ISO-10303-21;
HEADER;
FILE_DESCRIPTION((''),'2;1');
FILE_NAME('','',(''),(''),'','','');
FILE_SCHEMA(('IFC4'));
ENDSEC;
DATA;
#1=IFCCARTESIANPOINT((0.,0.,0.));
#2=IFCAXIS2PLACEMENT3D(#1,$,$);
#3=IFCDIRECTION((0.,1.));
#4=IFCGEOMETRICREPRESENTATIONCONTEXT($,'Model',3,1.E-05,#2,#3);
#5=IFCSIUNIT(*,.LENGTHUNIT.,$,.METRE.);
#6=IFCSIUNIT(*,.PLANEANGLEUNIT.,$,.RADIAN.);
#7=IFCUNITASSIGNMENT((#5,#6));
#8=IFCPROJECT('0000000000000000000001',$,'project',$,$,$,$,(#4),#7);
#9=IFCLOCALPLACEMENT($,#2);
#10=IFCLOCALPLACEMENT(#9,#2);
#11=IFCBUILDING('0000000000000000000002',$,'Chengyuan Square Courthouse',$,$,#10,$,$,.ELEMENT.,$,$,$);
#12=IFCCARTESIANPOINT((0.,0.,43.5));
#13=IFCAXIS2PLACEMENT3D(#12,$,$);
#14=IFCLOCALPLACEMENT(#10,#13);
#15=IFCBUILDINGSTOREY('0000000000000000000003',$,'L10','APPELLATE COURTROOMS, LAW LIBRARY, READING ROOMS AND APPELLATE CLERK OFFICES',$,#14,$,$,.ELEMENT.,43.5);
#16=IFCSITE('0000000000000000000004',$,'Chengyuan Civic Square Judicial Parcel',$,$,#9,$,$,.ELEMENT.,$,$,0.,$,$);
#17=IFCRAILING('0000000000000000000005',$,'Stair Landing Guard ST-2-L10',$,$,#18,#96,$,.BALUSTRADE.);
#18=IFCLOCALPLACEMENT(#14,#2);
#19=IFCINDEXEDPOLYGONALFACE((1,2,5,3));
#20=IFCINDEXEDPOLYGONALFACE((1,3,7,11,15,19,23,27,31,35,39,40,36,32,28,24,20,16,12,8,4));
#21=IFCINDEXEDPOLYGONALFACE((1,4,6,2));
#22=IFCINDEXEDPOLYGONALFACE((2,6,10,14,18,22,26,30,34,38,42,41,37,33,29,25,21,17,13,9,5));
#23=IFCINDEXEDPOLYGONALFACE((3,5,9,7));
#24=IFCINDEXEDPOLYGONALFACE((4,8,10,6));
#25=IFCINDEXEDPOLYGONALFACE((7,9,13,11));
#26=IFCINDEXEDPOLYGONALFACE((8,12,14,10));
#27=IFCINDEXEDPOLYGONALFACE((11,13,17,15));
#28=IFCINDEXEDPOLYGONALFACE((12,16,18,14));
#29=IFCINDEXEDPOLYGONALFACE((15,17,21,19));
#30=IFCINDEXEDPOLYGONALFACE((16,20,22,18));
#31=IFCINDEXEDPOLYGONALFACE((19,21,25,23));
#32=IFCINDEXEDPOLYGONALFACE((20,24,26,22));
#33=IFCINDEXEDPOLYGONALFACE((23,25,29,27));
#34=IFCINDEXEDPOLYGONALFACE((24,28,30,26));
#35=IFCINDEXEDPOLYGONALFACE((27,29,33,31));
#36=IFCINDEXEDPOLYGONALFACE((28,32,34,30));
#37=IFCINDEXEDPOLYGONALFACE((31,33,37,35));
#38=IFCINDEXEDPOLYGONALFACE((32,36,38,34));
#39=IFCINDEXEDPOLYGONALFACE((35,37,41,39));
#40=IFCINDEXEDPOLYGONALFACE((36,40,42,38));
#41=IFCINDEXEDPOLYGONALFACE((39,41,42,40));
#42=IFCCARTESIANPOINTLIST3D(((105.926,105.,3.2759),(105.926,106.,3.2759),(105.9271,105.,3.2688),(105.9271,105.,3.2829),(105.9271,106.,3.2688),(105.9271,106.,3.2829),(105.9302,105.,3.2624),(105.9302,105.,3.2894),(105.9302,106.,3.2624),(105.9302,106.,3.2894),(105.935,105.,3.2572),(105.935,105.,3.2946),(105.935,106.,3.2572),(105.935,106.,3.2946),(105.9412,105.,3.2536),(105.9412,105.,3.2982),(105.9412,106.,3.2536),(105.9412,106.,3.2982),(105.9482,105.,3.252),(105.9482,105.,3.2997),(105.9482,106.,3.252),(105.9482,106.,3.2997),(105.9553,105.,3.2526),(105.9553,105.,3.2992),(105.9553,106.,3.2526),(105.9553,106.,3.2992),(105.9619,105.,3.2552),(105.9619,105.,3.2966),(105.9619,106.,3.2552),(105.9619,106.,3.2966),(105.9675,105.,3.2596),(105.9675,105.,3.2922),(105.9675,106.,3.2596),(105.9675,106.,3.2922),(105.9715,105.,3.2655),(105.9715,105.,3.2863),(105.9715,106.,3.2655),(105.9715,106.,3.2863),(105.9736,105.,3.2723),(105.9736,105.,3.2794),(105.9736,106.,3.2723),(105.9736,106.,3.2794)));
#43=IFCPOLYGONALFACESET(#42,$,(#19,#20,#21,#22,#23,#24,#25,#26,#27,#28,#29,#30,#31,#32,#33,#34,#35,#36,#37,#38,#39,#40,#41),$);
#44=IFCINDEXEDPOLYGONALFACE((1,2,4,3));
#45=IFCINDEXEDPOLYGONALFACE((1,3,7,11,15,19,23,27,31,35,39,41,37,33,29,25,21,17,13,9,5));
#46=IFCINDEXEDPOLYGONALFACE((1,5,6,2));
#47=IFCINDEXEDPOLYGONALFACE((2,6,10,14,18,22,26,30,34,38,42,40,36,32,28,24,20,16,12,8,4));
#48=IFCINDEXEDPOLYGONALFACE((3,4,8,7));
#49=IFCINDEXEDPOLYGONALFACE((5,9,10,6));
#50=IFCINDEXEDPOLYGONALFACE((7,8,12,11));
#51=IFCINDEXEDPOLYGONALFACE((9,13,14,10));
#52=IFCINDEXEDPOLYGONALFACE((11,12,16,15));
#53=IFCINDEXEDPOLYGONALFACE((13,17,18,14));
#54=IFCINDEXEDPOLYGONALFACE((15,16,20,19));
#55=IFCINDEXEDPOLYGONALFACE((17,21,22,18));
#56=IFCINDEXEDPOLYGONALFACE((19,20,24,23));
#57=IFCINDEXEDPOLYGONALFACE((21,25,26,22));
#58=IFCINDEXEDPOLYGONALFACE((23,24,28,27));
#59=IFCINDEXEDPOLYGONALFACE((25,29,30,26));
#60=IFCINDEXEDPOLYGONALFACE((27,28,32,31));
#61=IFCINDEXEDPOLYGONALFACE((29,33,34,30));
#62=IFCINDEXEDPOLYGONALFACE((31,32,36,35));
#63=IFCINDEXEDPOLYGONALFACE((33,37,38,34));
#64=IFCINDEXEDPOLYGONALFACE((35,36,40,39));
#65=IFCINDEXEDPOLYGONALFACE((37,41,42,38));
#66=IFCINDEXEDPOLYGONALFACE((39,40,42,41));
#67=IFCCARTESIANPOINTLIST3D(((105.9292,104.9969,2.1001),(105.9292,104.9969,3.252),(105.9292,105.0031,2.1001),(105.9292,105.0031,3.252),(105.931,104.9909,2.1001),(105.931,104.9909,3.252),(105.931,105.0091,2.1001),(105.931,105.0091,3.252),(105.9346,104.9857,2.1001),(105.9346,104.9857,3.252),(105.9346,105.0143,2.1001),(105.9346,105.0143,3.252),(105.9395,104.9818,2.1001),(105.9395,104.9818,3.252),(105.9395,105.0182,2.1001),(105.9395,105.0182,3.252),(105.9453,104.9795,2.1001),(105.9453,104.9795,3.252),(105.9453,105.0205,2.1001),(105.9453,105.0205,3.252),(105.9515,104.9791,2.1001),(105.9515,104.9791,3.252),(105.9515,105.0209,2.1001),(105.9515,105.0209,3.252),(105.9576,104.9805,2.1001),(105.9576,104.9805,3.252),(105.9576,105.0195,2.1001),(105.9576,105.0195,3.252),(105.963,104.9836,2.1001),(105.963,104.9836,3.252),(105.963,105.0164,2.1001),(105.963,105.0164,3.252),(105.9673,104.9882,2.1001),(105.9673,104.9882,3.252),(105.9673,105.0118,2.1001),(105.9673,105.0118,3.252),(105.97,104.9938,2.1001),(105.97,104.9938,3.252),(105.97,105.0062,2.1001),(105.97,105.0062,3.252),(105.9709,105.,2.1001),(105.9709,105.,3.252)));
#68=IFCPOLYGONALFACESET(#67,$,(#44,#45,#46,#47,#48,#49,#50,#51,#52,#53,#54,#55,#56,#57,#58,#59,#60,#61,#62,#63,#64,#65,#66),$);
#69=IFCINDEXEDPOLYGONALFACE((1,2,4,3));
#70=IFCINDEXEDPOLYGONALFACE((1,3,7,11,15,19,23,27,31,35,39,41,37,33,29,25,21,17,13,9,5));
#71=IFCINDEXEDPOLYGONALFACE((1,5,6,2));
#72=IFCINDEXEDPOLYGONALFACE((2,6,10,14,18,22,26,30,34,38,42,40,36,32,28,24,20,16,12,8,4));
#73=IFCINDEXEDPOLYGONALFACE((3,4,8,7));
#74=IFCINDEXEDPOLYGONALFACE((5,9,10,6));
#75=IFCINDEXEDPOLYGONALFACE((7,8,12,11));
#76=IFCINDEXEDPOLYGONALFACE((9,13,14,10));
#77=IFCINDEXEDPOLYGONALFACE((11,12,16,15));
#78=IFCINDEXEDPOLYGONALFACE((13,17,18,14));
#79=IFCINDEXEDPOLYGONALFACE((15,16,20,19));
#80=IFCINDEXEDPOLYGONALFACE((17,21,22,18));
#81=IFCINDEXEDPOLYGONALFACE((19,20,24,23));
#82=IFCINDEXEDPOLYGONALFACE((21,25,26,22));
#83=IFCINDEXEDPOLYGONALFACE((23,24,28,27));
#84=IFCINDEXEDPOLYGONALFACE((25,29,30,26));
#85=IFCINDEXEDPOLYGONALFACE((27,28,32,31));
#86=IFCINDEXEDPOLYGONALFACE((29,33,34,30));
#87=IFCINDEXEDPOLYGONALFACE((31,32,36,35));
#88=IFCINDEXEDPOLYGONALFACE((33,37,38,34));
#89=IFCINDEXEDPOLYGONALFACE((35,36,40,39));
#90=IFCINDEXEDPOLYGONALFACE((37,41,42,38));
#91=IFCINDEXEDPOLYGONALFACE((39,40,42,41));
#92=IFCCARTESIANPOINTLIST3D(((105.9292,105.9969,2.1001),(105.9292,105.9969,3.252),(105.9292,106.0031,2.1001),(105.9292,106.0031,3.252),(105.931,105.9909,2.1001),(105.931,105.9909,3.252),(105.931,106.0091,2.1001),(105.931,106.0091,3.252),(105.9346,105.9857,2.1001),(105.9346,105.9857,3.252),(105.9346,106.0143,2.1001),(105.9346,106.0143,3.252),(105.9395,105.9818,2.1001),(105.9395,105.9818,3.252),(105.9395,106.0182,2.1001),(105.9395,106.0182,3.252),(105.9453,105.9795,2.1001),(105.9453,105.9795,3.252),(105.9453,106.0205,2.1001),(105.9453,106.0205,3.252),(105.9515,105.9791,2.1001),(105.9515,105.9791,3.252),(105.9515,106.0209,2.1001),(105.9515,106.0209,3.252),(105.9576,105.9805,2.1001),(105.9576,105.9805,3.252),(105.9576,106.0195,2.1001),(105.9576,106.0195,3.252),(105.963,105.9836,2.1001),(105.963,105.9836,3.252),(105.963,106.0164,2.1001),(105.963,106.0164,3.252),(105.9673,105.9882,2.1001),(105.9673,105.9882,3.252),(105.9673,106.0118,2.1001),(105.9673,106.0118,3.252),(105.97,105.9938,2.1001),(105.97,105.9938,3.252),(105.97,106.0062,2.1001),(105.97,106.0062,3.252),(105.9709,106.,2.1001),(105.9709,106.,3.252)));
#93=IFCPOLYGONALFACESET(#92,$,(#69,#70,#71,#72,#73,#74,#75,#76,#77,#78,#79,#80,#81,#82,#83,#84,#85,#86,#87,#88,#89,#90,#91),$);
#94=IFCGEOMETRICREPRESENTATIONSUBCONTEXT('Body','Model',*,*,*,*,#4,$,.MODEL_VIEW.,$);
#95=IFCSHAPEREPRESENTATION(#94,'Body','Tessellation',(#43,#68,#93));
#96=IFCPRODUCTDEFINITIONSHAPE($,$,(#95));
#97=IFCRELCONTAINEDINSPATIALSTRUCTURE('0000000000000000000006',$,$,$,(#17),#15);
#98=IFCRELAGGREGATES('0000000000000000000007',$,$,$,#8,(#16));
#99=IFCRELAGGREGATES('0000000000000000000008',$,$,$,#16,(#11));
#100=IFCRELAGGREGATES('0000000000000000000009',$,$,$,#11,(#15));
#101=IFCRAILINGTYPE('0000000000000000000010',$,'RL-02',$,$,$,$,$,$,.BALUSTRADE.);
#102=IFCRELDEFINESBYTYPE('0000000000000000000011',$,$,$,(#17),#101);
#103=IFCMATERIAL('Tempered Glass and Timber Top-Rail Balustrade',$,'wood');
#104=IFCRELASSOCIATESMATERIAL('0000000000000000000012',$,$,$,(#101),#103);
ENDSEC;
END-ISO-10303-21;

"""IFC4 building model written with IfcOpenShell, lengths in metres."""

from ifc_helpers import new_model, si_unit, direction, frame, origin, origin_2d, place, context, subcontext, project, spatial, circle, extrude, material, type_object, element, save


model = new_model("IFC4")

# Units and contexts
model_context = context("Model", 3, precision=1e-05, world=origin(), true_north=direction((0.0, 1.0)))
body_context = subcontext(model_context, "Body", "Model", "MODEL_VIEW")
ifc_project = project(units=[si_unit("LENGTHUNIT", "METRE"), si_unit("PLANEANGLEUNIT", "RADIAN")], contexts=[model_context])

# Site, building, storey
site_placement = place(None, origin())
site = spatial("IfcSite", under=ifc_project, at=site_placement, Name="Chengyuan Civic Square Judicial Parcel", CompositionType="ELEMENT", RefElevation=0.0)
building_placement = place(site_placement, origin())
building = spatial("IfcBuilding", under=site, at=building_placement, Name="Chengyuan Square Courthouse", CompositionType="ELEMENT")
storey_placement = place(building_placement, frame((0.0, 0.0, 43.5)))
storey = spatial("IfcBuildingStorey", under=building, at=storey_placement, Name="L10", Description="APPELLATE COURTROOMS, LAW LIBRARY, READING ROOMS AND APPELLATE CLERK OFFICES", CompositionType="ELEMENT", Elevation=43.5)

# Railing
ifc_material_1 = material(Name="Tempered Glass and Timber Top-Rail Balustrade", Category="wood")
railing_type_1 = type_object("IfcRailingType", Name="RL-02", PredefinedType="BALUSTRADE", material=ifc_material_1)
railing_1_placement = place(storey_placement, frame((105.95, 105.0, 2.1001)))
element("IfcRailing", 1, at=railing_1_placement, inside=storey, type_object=railing_type_1, Name="Stair Landing Guard ST-2-L10", PredefinedType="BALUSTRADE", context=body_context, shape_type="SweptSolid", body=[
    extrude(circle(Radius=0.0239, at=origin_2d()), frame((0.0, 0.0, 1.1758), z_axis=(0.0, 1.0, 0.0), x_axis=(-1.0, 0.0, 0.0)), (0.0, 0.0, 1.0), 1.0),
    extrude(circle(Radius=0.021, at=origin_2d()), origin(), (0.0, 0.0, 1.0), 1.1519),
    extrude(circle(Radius=0.021, at=origin_2d()), frame((0.0, 1.0, 0.0)), (0.0, 0.0, 1.0), 1.1519),
])

save(model, "model.ifc")
